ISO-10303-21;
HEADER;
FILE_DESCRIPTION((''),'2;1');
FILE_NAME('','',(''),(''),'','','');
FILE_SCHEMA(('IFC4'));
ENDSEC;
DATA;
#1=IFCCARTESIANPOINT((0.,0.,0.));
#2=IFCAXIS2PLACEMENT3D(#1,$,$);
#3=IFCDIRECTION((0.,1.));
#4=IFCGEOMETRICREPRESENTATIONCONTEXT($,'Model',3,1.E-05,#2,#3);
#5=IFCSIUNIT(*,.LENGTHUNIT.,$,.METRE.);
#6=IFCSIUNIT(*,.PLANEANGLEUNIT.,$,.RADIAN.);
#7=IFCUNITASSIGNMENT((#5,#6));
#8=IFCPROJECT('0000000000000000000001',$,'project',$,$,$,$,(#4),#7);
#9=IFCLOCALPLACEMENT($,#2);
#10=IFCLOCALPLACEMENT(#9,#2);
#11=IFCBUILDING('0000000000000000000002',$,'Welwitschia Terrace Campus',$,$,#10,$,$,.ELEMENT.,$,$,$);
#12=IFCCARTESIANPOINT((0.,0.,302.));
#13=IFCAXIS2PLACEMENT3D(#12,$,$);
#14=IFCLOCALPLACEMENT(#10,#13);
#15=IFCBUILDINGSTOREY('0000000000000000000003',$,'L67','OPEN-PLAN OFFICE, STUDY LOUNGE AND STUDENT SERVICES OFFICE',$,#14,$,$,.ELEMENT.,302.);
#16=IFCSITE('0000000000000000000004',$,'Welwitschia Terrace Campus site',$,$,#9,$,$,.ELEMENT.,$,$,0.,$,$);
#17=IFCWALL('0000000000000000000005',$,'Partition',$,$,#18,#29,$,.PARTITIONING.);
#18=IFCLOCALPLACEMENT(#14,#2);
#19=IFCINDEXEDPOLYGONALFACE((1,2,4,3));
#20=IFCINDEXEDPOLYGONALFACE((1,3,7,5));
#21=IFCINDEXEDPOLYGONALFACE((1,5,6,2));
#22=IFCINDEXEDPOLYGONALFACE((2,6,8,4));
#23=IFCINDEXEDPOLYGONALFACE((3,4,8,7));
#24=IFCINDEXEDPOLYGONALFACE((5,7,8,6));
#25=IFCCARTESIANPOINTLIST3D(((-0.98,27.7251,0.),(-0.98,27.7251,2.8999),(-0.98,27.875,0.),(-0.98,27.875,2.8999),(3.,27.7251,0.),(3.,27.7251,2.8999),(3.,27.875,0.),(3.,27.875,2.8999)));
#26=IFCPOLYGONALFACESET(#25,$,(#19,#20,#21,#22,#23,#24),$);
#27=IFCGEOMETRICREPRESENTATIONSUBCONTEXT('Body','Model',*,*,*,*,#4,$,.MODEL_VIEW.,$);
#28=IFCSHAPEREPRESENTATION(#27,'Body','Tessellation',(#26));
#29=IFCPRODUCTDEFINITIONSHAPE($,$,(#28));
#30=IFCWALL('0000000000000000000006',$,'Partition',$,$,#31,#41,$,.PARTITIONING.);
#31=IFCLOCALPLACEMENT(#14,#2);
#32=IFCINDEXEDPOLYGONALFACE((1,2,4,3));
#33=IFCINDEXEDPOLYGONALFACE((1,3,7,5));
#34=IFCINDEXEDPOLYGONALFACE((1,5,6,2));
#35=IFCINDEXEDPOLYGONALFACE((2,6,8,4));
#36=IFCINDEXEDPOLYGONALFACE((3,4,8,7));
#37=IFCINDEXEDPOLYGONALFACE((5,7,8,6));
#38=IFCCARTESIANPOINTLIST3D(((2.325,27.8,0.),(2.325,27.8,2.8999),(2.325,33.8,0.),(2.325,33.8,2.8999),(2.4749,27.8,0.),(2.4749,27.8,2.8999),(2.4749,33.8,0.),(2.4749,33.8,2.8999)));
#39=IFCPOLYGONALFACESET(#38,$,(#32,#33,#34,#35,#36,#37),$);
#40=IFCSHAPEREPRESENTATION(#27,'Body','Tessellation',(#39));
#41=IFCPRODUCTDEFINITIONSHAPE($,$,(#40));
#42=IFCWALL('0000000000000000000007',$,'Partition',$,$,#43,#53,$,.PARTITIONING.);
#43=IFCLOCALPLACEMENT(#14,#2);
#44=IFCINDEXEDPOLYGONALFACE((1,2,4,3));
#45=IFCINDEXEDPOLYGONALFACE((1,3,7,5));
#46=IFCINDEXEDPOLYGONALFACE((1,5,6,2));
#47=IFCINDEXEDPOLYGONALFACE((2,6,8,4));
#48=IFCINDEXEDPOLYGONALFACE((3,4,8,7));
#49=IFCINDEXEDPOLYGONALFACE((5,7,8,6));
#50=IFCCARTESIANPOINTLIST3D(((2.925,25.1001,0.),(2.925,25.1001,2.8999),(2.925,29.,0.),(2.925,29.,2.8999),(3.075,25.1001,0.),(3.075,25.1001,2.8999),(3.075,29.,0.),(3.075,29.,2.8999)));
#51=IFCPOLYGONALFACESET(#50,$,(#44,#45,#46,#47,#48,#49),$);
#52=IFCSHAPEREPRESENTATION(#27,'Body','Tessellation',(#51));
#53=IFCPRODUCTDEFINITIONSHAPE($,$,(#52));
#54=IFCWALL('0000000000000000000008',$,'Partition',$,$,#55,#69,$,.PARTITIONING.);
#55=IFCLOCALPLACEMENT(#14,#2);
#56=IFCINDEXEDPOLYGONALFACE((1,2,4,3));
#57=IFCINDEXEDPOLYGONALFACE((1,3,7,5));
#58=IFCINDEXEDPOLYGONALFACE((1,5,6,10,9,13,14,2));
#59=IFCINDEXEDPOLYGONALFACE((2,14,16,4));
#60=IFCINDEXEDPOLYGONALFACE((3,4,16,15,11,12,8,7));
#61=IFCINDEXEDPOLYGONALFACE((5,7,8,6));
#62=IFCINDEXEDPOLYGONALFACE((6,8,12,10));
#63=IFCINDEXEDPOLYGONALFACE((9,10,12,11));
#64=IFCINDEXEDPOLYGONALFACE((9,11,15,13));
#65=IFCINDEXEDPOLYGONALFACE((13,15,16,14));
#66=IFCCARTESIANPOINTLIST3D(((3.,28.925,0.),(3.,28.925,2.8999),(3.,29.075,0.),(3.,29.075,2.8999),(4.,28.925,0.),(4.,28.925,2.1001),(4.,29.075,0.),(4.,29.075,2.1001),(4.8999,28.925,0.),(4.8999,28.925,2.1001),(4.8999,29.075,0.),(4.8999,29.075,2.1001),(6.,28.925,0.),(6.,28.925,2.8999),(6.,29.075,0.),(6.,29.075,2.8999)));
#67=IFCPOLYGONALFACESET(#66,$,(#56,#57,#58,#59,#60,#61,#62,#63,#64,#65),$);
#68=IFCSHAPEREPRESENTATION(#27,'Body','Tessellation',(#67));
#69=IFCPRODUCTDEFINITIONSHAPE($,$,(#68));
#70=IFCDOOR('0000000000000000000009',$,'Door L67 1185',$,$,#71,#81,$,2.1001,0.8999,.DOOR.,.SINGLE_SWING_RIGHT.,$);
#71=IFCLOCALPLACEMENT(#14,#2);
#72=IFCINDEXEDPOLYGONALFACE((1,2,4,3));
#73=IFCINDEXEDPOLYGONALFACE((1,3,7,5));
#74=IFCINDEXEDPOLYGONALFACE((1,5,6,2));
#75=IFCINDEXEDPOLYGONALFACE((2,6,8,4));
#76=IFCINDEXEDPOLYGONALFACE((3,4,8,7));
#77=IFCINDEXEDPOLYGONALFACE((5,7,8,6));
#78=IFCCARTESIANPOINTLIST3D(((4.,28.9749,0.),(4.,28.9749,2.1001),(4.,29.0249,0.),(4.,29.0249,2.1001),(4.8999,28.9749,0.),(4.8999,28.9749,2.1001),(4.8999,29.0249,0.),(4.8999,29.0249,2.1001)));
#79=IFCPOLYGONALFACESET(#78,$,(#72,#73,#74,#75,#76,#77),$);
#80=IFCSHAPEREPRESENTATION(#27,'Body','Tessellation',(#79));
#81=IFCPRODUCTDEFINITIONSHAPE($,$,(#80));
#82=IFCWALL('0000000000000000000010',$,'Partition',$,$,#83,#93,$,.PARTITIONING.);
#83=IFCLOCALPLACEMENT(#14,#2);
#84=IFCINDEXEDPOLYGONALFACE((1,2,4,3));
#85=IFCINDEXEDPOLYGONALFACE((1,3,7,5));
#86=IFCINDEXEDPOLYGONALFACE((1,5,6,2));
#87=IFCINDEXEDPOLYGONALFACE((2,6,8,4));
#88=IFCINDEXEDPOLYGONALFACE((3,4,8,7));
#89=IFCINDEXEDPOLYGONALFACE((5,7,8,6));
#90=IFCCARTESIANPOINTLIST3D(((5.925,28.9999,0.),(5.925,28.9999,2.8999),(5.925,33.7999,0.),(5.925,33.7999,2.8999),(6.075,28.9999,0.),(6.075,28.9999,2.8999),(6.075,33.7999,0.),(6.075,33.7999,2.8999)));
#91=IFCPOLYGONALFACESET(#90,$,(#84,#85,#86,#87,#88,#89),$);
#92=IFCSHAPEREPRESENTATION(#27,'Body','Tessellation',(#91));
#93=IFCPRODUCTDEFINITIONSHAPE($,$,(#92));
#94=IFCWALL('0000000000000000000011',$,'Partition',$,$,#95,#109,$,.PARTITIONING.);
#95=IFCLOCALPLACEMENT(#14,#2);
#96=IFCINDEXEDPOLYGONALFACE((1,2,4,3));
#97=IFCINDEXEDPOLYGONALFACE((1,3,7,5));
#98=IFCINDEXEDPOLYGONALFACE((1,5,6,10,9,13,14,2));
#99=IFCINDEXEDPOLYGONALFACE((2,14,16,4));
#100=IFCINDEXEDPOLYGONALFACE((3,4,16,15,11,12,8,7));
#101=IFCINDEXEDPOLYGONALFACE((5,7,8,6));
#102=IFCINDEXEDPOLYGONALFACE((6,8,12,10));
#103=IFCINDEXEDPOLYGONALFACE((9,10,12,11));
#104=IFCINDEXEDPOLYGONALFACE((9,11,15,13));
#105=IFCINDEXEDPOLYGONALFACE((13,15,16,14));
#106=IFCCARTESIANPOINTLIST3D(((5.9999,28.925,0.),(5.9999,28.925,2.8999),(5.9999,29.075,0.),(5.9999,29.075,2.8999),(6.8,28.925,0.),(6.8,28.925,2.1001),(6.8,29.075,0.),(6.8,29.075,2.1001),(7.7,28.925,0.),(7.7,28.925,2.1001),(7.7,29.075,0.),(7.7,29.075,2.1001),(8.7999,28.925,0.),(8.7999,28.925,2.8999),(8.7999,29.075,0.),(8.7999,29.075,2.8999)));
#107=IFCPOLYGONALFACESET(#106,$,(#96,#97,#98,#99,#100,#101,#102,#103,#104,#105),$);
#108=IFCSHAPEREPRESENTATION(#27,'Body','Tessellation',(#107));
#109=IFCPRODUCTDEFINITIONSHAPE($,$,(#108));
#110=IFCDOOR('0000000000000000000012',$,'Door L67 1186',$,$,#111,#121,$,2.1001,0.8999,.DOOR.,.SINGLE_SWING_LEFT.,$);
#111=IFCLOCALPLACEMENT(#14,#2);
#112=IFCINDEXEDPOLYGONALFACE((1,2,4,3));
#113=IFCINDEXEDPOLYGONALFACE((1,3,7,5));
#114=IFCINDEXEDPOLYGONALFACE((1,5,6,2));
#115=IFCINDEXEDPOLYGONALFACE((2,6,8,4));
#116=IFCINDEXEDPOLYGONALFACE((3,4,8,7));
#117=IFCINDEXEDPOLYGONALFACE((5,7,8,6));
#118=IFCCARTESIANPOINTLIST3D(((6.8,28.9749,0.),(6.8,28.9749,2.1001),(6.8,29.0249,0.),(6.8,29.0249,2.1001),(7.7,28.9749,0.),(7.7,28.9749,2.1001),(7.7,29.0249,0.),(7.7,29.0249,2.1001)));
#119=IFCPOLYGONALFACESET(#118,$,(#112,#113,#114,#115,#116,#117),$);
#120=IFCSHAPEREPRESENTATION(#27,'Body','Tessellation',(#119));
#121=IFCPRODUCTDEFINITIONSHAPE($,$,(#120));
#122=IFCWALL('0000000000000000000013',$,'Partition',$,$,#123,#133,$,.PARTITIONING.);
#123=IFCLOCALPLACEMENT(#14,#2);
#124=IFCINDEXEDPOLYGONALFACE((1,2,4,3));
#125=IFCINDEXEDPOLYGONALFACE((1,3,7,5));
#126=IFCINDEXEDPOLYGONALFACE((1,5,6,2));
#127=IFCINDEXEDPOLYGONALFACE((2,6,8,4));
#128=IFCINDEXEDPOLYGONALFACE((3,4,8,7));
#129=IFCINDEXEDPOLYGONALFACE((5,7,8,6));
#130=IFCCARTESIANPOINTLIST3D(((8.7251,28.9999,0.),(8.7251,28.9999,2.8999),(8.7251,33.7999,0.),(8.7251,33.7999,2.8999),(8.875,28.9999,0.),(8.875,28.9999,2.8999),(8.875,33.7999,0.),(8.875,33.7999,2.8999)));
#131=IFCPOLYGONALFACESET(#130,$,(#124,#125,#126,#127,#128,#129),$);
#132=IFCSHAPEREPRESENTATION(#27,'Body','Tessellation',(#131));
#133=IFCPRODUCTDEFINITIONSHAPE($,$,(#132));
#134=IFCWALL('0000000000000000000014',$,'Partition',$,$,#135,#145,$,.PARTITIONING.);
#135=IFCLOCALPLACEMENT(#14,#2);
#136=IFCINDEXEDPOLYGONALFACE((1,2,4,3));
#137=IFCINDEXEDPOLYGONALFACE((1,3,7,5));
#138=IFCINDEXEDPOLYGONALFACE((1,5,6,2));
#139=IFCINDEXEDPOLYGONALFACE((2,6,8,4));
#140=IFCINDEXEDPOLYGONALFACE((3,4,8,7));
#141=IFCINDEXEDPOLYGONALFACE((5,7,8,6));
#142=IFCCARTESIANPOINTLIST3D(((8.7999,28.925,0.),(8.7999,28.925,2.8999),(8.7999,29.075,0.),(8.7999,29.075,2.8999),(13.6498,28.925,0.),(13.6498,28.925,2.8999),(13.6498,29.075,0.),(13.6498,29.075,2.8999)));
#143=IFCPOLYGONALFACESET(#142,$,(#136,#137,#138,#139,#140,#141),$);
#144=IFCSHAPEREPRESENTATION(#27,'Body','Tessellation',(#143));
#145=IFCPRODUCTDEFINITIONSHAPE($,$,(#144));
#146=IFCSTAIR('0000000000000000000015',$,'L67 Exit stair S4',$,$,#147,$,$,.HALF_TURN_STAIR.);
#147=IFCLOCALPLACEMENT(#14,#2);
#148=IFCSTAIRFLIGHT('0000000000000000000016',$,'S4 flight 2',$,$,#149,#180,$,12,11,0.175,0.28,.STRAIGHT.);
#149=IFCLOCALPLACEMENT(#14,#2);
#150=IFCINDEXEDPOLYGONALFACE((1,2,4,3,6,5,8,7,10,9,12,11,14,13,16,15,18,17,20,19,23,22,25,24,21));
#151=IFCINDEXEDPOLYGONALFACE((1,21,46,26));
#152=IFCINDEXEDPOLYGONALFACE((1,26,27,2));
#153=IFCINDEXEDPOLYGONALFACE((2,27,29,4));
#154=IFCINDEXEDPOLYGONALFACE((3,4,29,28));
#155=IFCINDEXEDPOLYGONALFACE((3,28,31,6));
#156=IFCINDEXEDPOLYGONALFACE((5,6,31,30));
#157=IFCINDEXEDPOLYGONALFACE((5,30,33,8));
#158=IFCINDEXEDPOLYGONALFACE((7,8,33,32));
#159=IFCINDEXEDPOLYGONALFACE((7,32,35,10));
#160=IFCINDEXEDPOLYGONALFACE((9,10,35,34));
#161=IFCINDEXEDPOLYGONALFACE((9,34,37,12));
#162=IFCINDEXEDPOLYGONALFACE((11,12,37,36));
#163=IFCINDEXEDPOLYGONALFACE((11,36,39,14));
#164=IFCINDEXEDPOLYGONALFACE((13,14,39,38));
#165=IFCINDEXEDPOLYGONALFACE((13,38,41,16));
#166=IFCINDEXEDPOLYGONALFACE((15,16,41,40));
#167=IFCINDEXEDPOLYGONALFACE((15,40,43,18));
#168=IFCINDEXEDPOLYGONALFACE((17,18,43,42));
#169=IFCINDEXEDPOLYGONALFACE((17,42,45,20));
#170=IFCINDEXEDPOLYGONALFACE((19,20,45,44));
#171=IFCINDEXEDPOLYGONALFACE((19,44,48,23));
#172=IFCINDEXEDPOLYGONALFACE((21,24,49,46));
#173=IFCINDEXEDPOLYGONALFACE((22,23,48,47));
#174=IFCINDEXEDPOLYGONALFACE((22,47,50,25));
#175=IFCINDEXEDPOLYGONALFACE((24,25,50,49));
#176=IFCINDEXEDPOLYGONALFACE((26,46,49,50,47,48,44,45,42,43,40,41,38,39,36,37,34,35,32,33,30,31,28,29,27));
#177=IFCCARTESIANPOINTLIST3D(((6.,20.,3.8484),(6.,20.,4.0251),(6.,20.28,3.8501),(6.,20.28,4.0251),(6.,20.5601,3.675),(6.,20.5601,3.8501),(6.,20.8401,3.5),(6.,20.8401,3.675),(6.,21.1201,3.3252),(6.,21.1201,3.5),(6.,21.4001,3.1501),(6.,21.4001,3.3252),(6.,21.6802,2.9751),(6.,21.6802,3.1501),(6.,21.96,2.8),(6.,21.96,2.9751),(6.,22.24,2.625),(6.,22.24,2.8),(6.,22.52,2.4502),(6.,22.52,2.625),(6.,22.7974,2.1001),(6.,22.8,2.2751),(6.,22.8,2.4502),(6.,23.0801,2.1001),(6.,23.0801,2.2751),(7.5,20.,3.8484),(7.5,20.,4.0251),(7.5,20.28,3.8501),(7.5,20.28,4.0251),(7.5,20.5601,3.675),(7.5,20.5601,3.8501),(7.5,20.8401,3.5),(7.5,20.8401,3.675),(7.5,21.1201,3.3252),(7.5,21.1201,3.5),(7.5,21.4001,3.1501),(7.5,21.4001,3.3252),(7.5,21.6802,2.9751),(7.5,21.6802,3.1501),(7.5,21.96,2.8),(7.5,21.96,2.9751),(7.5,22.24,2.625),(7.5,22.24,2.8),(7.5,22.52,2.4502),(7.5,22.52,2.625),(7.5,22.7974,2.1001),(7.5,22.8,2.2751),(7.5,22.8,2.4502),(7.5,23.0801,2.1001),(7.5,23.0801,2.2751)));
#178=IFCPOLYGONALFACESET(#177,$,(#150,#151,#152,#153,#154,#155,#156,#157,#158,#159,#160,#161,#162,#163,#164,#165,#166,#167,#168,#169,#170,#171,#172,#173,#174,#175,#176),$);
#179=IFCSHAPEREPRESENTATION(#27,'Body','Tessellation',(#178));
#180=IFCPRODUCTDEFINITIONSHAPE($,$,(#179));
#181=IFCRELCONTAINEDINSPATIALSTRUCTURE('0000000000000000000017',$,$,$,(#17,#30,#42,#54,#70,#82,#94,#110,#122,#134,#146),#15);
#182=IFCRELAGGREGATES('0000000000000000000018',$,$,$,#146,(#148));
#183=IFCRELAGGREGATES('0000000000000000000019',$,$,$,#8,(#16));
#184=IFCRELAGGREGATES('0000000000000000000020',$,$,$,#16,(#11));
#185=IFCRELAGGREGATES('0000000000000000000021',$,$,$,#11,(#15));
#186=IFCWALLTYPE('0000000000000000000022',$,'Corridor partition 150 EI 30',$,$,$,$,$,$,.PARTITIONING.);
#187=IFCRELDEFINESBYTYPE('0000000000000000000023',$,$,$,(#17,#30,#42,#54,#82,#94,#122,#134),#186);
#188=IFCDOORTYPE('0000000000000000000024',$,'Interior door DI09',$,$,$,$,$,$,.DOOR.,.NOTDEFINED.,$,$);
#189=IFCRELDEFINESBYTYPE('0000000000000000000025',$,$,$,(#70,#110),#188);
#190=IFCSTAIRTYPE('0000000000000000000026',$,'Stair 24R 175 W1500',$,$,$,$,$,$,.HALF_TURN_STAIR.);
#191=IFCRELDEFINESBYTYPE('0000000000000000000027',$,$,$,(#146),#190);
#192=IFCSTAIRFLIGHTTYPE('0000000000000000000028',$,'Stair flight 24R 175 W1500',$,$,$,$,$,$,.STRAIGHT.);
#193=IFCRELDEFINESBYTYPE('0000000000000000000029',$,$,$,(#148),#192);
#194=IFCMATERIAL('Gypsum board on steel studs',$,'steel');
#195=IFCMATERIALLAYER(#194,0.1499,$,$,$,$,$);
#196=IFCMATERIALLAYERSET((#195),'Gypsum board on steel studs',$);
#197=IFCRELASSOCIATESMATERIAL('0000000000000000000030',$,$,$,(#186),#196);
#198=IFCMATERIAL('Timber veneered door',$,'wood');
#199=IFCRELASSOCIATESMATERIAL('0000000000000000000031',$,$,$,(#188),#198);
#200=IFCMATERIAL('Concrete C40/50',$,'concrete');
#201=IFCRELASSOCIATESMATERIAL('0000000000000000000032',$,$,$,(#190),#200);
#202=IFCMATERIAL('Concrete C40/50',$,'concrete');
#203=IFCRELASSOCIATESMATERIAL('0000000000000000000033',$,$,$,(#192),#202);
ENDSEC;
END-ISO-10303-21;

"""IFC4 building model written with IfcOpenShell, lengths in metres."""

from ifc_helpers import new_model, si_unit, direction, frame, frame_2d, origin, place, context, subcontext, project, spatial, polyline, rectangle, outline, extrude, material, layer, layer_set, type_object, element, fill, aggregate, save


model = new_model("IFC4")

# Units and contexts
model_context = context("Model", 3, precision=1e-05, world=origin(), true_north=direction((0.0, 1.0)))
body_context = subcontext(model_context, "Body", "Model", "MODEL_VIEW")
ifc_project = project(units=[si_unit("LENGTHUNIT", "METRE"), si_unit("PLANEANGLEUNIT", "RADIAN")], contexts=[model_context])

# Site, building, storey
site_placement = place(None, origin())
site = spatial("IfcSite", under=ifc_project, at=site_placement, Name="Welwitschia Terrace Campus site", CompositionType="ELEMENT", RefElevation=0.0)
building_placement = place(site_placement, origin())
building = spatial("IfcBuilding", under=site, at=building_placement, Name="Welwitschia Terrace Campus", CompositionType="ELEMENT")
storey_placement = place(building_placement, frame((0.0, 0.0, 302.0)))
storey = spatial("IfcBuildingStorey", under=building, at=storey_placement, Name="L67", Description="OPEN-PLAN OFFICE, STUDY LOUNGE AND STUDENT SERVICES OFFICE", CompositionType="ELEMENT", Elevation=302.0)

# Walls
ifc_material_1 = material(Name="Gypsum board on steel studs", Category="steel")
ifc_layer_1 = layer(ifc_material_1, 0.1499)
ifc_layer_set_1 = layer_set([ifc_layer_1], Name="Gypsum board on steel studs")
wall_type_1 = type_object("IfcWallType", Name="Corridor partition 150 EI 30", PredefinedType="PARTITIONING", material=ifc_layer_set_1)
wall_1_placement = place(storey_placement, frame((-0.98, 27.8, 0.0), z_axis=(0.0, 0.0, 1.0), x_axis=(1.0, 0.0, 0.0)))
element("IfcWall", 1, at=wall_1_placement, inside=storey, type_object=wall_type_1, Name="Partition", PredefinedType="PARTITIONING", context=body_context, shape_type="SweptSolid", body=[
    extrude(rectangle(XDim=3.98, YDim=0.1499, at=frame_2d((1.99, 0.0))), origin(), (0.0, 0.0, 1.0), 2.8999),
])
wall_2_placement = place(storey_placement, frame((2.3999, 27.8, 0.0), z_axis=(0.0, 0.0, 1.0), x_axis=(0.0, 1.0, 0.0)))
element("IfcWall", 2, at=wall_2_placement, inside=storey, type_object=wall_type_1, Name="Partition", PredefinedType="PARTITIONING", context=body_context, shape_type="SweptSolid", body=[
    extrude(rectangle(XDim=6.0, YDim=0.1499, at=frame_2d((3.0, 0.0))), origin(), (0.0, 0.0, 1.0), 2.8999),
])
wall_3_placement = place(storey_placement, frame((3.0, 25.1001, 0.0), z_axis=(0.0, 0.0, 1.0), x_axis=(0.0, 1.0, 0.0)))
element("IfcWall", 3, at=wall_3_placement, inside=storey, type_object=wall_type_1, Name="Partition", PredefinedType="PARTITIONING", context=body_context, shape_type="SweptSolid", body=[
    extrude(rectangle(XDim=3.8999, YDim=0.1499, at=frame_2d((1.95, 0.0))), origin(), (0.0, 0.0, 1.0), 2.8999),
])

# Wall, opening, door
wall_4_placement = place(storey_placement, frame((3.0, 29.0, 0.0), z_axis=(0.0, 0.0, 1.0), x_axis=(1.0, 0.0, 0.0)))
wall_4 = element("IfcWall", 4, at=wall_4_placement, inside=storey, type_object=wall_type_1, Name="Partition", PredefinedType="PARTITIONING", context=body_context, shape_type="SweptSolid", body=[
    extrude(rectangle(XDim=3.0, YDim=0.1499, at=frame_2d((1.5, 0.0))), origin(), (0.0, 0.0, 1.0), 2.8999),
])
opening_1_placement = place(wall_4_placement, frame((1.0, 0.0, 0.0)))
opening_1 = element("IfcOpeningElement", 5, at=opening_1_placement, cuts=wall_4, PredefinedType="OPENING", context=body_context, shape_type="SweptSolid", body=[
    extrude(rectangle(XDim=0.8999, YDim=2.1001, at=frame_2d((0.45, 1.05))), frame((0.0, 0.085, 0.0), z_axis=(0.0, -1.0, 0.0), x_axis=(1.0, 0.0, 0.0)), (0.0, 0.0, 1.0), 0.1699),
])
ifc_material_2 = material(Name="Timber veneered door", Category="wood")
door_type = type_object("IfcDoorType", Name="Interior door DI09", OperationType="NOTDEFINED", PredefinedType="DOOR", material=ifc_material_2)
door_1_placement = place(opening_1_placement, origin())
door_1 = element("IfcDoor", 6, at=door_1_placement, inside=storey, type_object=door_type, Name="Door L67 1185", OperationType="SINGLE_SWING_RIGHT", OverallHeight=2.1001, OverallWidth=0.8999, PredefinedType="DOOR", context=body_context, shape_type="SweptSolid", body=[
    extrude(rectangle(XDim=0.8999, YDim=2.1001, at=frame_2d((0.45, 1.05))), frame((0.0, 0.0249, 0.0), z_axis=(0.0, -1.0, 0.0), x_axis=(1.0, 0.0, 0.0)), (0.0, 0.0, 1.0), 0.05),
])
fill(opening_1, door_1)

# Wall
wall_5_placement = place(storey_placement, frame((6.0, 29.0, 0.0), z_axis=(0.0, 0.0, 1.0), x_axis=(0.0, 1.0, 0.0)))
element("IfcWall", 7, at=wall_5_placement, inside=storey, type_object=wall_type_1, Name="Partition", PredefinedType="PARTITIONING", context=body_context, shape_type="SweptSolid", body=[
    extrude(rectangle(XDim=4.8, YDim=0.1499, at=frame_2d((2.3999, 0.0))), origin(), (0.0, 0.0, 1.0), 2.8999),
])

# Wall, opening, door
wall_6_placement = place(storey_placement, frame((6.0, 29.0, 0.0), z_axis=(0.0, 0.0, 1.0), x_axis=(1.0, 0.0, 0.0)))
wall_6 = element("IfcWall", 8, at=wall_6_placement, inside=storey, type_object=wall_type_1, Name="Partition", PredefinedType="PARTITIONING", context=body_context, shape_type="SweptSolid", body=[
    extrude(rectangle(XDim=2.8, YDim=0.1499, at=frame_2d((1.3999, 0.0))), origin(), (0.0, 0.0, 1.0), 2.8999),
])
opening_2_placement = place(wall_6_placement, frame((0.8, 0.0, 0.0)))
opening_2 = element("IfcOpeningElement", 9, at=opening_2_placement, cuts=wall_6, PredefinedType="OPENING", context=body_context, shape_type="SweptSolid", body=[
    extrude(rectangle(XDim=0.8999, YDim=2.1001, at=frame_2d((0.45, 1.05))), frame((0.0, 0.085, 0.0), z_axis=(0.0, -1.0, 0.0), x_axis=(1.0, 0.0, 0.0)), (0.0, 0.0, 1.0), 0.1699),
])
door_2_placement = place(opening_2_placement, origin())
door_2 = element("IfcDoor", 10, at=door_2_placement, inside=storey, type_object=door_type, Name="Door L67 1186", OperationType="SINGLE_SWING_LEFT", OverallHeight=2.1001, OverallWidth=0.8999, PredefinedType="DOOR", context=body_context, shape_type="SweptSolid", body=[
    extrude(rectangle(XDim=0.8999, YDim=2.1001, at=frame_2d((0.45, 1.05))), frame((0.0, 0.0249, 0.0), z_axis=(0.0, -1.0, 0.0), x_axis=(1.0, 0.0, 0.0)), (0.0, 0.0, 1.0), 0.05),
])
fill(opening_2, door_2)

# Walls
wall_7_placement = place(storey_placement, frame((8.8, 29.0, 0.0), z_axis=(0.0, 0.0, 1.0), x_axis=(0.0, 1.0, 0.0)))
element("IfcWall", 11, at=wall_7_placement, inside=storey, type_object=wall_type_1, Name="Partition", PredefinedType="PARTITIONING", context=body_context, shape_type="SweptSolid", body=[
    extrude(rectangle(XDim=4.8, YDim=0.1499, at=frame_2d((2.3999, 0.0))), origin(), (0.0, 0.0, 1.0), 2.8999),
])
wall_8_placement = place(storey_placement, frame((8.8, 29.0, 0.0), z_axis=(0.0, 0.0, 1.0), x_axis=(1.0, 0.0, 0.0)))
element("IfcWall", 12, at=wall_8_placement, inside=storey, type_object=wall_type_1, Name="Partition", PredefinedType="PARTITIONING", context=body_context, shape_type="SweptSolid", body=[
    extrude(rectangle(XDim=4.8499, YDim=0.1499, at=frame_2d((2.4248, 0.0))), origin(), (0.0, 0.0, 1.0), 2.8999),
])

# Stair, stair flight
ifc_material_3 = material(Name="Concrete C40/50", Category="concrete")
stair_type = type_object("IfcStairType", Name="Stair 24R 175 W1500", PredefinedType="HALF_TURN_STAIR", material=ifc_material_3)
stair_placement = place(storey_placement, origin())
stair = element("IfcStair", 13, at=stair_placement, inside=storey, type_object=stair_type, Name="L67 Exit stair S4", PredefinedType="HALF_TURN_STAIR")
ifc_material_4 = material(Name="Concrete C40/50", Category="concrete")
stair_flight_type = type_object("IfcStairFlightType", Name="Stair flight 24R 175 W1500", PredefinedType="STRAIGHT", material=ifc_material_4)
stair_flight_placement = place(storey_placement, frame((6.75, 23.0801, 2.1001), z_axis=(0.0, 0.0, 1.0), x_axis=(0.0, -1.0, 0.0)))
stair_flight = element("IfcStairFlight", 14, at=stair_flight_placement, type_object=stair_flight_type, Name="S4 flight 2", NumberOfRisers=12, NumberOfTreads=11, PredefinedType="STRAIGHT", RiserHeight=0.175, TreadLength=0.28, context=body_context, shape_type="SweptSolid", body=[
    extrude(outline(polyline([(0.0, 0.0), (0.0, 0.175), (0.28, 0.175), (0.28, 0.3501), (0.5601, 0.3501), (0.5601, 0.5249), (0.8401, 0.5249), (0.8401, 0.7), (1.1201, 0.7), (1.1201, 0.875), (1.3999, 0.875), (1.3999, 1.05), (1.6799, 1.05), (1.6799, 1.2251), (1.96, 1.2251), (1.96, 1.3999), (2.24, 1.3999), (2.24, 1.575), (2.52, 1.575), (2.52, 1.75), (2.8, 1.75), (2.8, 1.925), (3.0801, 1.925), (3.0801, 2.1001), (3.0801, 1.7483), (0.2827, 0.0), (0.0, 0.0)])), frame((0.0, 0.75, 0.0), z_axis=(0.0, -1.0, 0.0), x_axis=(1.0, 0.0, 0.0)), (0.0, 0.0, 1.0), 1.5),
])
aggregate(stair, [stair_flight])

save(model, "model.ifc")
